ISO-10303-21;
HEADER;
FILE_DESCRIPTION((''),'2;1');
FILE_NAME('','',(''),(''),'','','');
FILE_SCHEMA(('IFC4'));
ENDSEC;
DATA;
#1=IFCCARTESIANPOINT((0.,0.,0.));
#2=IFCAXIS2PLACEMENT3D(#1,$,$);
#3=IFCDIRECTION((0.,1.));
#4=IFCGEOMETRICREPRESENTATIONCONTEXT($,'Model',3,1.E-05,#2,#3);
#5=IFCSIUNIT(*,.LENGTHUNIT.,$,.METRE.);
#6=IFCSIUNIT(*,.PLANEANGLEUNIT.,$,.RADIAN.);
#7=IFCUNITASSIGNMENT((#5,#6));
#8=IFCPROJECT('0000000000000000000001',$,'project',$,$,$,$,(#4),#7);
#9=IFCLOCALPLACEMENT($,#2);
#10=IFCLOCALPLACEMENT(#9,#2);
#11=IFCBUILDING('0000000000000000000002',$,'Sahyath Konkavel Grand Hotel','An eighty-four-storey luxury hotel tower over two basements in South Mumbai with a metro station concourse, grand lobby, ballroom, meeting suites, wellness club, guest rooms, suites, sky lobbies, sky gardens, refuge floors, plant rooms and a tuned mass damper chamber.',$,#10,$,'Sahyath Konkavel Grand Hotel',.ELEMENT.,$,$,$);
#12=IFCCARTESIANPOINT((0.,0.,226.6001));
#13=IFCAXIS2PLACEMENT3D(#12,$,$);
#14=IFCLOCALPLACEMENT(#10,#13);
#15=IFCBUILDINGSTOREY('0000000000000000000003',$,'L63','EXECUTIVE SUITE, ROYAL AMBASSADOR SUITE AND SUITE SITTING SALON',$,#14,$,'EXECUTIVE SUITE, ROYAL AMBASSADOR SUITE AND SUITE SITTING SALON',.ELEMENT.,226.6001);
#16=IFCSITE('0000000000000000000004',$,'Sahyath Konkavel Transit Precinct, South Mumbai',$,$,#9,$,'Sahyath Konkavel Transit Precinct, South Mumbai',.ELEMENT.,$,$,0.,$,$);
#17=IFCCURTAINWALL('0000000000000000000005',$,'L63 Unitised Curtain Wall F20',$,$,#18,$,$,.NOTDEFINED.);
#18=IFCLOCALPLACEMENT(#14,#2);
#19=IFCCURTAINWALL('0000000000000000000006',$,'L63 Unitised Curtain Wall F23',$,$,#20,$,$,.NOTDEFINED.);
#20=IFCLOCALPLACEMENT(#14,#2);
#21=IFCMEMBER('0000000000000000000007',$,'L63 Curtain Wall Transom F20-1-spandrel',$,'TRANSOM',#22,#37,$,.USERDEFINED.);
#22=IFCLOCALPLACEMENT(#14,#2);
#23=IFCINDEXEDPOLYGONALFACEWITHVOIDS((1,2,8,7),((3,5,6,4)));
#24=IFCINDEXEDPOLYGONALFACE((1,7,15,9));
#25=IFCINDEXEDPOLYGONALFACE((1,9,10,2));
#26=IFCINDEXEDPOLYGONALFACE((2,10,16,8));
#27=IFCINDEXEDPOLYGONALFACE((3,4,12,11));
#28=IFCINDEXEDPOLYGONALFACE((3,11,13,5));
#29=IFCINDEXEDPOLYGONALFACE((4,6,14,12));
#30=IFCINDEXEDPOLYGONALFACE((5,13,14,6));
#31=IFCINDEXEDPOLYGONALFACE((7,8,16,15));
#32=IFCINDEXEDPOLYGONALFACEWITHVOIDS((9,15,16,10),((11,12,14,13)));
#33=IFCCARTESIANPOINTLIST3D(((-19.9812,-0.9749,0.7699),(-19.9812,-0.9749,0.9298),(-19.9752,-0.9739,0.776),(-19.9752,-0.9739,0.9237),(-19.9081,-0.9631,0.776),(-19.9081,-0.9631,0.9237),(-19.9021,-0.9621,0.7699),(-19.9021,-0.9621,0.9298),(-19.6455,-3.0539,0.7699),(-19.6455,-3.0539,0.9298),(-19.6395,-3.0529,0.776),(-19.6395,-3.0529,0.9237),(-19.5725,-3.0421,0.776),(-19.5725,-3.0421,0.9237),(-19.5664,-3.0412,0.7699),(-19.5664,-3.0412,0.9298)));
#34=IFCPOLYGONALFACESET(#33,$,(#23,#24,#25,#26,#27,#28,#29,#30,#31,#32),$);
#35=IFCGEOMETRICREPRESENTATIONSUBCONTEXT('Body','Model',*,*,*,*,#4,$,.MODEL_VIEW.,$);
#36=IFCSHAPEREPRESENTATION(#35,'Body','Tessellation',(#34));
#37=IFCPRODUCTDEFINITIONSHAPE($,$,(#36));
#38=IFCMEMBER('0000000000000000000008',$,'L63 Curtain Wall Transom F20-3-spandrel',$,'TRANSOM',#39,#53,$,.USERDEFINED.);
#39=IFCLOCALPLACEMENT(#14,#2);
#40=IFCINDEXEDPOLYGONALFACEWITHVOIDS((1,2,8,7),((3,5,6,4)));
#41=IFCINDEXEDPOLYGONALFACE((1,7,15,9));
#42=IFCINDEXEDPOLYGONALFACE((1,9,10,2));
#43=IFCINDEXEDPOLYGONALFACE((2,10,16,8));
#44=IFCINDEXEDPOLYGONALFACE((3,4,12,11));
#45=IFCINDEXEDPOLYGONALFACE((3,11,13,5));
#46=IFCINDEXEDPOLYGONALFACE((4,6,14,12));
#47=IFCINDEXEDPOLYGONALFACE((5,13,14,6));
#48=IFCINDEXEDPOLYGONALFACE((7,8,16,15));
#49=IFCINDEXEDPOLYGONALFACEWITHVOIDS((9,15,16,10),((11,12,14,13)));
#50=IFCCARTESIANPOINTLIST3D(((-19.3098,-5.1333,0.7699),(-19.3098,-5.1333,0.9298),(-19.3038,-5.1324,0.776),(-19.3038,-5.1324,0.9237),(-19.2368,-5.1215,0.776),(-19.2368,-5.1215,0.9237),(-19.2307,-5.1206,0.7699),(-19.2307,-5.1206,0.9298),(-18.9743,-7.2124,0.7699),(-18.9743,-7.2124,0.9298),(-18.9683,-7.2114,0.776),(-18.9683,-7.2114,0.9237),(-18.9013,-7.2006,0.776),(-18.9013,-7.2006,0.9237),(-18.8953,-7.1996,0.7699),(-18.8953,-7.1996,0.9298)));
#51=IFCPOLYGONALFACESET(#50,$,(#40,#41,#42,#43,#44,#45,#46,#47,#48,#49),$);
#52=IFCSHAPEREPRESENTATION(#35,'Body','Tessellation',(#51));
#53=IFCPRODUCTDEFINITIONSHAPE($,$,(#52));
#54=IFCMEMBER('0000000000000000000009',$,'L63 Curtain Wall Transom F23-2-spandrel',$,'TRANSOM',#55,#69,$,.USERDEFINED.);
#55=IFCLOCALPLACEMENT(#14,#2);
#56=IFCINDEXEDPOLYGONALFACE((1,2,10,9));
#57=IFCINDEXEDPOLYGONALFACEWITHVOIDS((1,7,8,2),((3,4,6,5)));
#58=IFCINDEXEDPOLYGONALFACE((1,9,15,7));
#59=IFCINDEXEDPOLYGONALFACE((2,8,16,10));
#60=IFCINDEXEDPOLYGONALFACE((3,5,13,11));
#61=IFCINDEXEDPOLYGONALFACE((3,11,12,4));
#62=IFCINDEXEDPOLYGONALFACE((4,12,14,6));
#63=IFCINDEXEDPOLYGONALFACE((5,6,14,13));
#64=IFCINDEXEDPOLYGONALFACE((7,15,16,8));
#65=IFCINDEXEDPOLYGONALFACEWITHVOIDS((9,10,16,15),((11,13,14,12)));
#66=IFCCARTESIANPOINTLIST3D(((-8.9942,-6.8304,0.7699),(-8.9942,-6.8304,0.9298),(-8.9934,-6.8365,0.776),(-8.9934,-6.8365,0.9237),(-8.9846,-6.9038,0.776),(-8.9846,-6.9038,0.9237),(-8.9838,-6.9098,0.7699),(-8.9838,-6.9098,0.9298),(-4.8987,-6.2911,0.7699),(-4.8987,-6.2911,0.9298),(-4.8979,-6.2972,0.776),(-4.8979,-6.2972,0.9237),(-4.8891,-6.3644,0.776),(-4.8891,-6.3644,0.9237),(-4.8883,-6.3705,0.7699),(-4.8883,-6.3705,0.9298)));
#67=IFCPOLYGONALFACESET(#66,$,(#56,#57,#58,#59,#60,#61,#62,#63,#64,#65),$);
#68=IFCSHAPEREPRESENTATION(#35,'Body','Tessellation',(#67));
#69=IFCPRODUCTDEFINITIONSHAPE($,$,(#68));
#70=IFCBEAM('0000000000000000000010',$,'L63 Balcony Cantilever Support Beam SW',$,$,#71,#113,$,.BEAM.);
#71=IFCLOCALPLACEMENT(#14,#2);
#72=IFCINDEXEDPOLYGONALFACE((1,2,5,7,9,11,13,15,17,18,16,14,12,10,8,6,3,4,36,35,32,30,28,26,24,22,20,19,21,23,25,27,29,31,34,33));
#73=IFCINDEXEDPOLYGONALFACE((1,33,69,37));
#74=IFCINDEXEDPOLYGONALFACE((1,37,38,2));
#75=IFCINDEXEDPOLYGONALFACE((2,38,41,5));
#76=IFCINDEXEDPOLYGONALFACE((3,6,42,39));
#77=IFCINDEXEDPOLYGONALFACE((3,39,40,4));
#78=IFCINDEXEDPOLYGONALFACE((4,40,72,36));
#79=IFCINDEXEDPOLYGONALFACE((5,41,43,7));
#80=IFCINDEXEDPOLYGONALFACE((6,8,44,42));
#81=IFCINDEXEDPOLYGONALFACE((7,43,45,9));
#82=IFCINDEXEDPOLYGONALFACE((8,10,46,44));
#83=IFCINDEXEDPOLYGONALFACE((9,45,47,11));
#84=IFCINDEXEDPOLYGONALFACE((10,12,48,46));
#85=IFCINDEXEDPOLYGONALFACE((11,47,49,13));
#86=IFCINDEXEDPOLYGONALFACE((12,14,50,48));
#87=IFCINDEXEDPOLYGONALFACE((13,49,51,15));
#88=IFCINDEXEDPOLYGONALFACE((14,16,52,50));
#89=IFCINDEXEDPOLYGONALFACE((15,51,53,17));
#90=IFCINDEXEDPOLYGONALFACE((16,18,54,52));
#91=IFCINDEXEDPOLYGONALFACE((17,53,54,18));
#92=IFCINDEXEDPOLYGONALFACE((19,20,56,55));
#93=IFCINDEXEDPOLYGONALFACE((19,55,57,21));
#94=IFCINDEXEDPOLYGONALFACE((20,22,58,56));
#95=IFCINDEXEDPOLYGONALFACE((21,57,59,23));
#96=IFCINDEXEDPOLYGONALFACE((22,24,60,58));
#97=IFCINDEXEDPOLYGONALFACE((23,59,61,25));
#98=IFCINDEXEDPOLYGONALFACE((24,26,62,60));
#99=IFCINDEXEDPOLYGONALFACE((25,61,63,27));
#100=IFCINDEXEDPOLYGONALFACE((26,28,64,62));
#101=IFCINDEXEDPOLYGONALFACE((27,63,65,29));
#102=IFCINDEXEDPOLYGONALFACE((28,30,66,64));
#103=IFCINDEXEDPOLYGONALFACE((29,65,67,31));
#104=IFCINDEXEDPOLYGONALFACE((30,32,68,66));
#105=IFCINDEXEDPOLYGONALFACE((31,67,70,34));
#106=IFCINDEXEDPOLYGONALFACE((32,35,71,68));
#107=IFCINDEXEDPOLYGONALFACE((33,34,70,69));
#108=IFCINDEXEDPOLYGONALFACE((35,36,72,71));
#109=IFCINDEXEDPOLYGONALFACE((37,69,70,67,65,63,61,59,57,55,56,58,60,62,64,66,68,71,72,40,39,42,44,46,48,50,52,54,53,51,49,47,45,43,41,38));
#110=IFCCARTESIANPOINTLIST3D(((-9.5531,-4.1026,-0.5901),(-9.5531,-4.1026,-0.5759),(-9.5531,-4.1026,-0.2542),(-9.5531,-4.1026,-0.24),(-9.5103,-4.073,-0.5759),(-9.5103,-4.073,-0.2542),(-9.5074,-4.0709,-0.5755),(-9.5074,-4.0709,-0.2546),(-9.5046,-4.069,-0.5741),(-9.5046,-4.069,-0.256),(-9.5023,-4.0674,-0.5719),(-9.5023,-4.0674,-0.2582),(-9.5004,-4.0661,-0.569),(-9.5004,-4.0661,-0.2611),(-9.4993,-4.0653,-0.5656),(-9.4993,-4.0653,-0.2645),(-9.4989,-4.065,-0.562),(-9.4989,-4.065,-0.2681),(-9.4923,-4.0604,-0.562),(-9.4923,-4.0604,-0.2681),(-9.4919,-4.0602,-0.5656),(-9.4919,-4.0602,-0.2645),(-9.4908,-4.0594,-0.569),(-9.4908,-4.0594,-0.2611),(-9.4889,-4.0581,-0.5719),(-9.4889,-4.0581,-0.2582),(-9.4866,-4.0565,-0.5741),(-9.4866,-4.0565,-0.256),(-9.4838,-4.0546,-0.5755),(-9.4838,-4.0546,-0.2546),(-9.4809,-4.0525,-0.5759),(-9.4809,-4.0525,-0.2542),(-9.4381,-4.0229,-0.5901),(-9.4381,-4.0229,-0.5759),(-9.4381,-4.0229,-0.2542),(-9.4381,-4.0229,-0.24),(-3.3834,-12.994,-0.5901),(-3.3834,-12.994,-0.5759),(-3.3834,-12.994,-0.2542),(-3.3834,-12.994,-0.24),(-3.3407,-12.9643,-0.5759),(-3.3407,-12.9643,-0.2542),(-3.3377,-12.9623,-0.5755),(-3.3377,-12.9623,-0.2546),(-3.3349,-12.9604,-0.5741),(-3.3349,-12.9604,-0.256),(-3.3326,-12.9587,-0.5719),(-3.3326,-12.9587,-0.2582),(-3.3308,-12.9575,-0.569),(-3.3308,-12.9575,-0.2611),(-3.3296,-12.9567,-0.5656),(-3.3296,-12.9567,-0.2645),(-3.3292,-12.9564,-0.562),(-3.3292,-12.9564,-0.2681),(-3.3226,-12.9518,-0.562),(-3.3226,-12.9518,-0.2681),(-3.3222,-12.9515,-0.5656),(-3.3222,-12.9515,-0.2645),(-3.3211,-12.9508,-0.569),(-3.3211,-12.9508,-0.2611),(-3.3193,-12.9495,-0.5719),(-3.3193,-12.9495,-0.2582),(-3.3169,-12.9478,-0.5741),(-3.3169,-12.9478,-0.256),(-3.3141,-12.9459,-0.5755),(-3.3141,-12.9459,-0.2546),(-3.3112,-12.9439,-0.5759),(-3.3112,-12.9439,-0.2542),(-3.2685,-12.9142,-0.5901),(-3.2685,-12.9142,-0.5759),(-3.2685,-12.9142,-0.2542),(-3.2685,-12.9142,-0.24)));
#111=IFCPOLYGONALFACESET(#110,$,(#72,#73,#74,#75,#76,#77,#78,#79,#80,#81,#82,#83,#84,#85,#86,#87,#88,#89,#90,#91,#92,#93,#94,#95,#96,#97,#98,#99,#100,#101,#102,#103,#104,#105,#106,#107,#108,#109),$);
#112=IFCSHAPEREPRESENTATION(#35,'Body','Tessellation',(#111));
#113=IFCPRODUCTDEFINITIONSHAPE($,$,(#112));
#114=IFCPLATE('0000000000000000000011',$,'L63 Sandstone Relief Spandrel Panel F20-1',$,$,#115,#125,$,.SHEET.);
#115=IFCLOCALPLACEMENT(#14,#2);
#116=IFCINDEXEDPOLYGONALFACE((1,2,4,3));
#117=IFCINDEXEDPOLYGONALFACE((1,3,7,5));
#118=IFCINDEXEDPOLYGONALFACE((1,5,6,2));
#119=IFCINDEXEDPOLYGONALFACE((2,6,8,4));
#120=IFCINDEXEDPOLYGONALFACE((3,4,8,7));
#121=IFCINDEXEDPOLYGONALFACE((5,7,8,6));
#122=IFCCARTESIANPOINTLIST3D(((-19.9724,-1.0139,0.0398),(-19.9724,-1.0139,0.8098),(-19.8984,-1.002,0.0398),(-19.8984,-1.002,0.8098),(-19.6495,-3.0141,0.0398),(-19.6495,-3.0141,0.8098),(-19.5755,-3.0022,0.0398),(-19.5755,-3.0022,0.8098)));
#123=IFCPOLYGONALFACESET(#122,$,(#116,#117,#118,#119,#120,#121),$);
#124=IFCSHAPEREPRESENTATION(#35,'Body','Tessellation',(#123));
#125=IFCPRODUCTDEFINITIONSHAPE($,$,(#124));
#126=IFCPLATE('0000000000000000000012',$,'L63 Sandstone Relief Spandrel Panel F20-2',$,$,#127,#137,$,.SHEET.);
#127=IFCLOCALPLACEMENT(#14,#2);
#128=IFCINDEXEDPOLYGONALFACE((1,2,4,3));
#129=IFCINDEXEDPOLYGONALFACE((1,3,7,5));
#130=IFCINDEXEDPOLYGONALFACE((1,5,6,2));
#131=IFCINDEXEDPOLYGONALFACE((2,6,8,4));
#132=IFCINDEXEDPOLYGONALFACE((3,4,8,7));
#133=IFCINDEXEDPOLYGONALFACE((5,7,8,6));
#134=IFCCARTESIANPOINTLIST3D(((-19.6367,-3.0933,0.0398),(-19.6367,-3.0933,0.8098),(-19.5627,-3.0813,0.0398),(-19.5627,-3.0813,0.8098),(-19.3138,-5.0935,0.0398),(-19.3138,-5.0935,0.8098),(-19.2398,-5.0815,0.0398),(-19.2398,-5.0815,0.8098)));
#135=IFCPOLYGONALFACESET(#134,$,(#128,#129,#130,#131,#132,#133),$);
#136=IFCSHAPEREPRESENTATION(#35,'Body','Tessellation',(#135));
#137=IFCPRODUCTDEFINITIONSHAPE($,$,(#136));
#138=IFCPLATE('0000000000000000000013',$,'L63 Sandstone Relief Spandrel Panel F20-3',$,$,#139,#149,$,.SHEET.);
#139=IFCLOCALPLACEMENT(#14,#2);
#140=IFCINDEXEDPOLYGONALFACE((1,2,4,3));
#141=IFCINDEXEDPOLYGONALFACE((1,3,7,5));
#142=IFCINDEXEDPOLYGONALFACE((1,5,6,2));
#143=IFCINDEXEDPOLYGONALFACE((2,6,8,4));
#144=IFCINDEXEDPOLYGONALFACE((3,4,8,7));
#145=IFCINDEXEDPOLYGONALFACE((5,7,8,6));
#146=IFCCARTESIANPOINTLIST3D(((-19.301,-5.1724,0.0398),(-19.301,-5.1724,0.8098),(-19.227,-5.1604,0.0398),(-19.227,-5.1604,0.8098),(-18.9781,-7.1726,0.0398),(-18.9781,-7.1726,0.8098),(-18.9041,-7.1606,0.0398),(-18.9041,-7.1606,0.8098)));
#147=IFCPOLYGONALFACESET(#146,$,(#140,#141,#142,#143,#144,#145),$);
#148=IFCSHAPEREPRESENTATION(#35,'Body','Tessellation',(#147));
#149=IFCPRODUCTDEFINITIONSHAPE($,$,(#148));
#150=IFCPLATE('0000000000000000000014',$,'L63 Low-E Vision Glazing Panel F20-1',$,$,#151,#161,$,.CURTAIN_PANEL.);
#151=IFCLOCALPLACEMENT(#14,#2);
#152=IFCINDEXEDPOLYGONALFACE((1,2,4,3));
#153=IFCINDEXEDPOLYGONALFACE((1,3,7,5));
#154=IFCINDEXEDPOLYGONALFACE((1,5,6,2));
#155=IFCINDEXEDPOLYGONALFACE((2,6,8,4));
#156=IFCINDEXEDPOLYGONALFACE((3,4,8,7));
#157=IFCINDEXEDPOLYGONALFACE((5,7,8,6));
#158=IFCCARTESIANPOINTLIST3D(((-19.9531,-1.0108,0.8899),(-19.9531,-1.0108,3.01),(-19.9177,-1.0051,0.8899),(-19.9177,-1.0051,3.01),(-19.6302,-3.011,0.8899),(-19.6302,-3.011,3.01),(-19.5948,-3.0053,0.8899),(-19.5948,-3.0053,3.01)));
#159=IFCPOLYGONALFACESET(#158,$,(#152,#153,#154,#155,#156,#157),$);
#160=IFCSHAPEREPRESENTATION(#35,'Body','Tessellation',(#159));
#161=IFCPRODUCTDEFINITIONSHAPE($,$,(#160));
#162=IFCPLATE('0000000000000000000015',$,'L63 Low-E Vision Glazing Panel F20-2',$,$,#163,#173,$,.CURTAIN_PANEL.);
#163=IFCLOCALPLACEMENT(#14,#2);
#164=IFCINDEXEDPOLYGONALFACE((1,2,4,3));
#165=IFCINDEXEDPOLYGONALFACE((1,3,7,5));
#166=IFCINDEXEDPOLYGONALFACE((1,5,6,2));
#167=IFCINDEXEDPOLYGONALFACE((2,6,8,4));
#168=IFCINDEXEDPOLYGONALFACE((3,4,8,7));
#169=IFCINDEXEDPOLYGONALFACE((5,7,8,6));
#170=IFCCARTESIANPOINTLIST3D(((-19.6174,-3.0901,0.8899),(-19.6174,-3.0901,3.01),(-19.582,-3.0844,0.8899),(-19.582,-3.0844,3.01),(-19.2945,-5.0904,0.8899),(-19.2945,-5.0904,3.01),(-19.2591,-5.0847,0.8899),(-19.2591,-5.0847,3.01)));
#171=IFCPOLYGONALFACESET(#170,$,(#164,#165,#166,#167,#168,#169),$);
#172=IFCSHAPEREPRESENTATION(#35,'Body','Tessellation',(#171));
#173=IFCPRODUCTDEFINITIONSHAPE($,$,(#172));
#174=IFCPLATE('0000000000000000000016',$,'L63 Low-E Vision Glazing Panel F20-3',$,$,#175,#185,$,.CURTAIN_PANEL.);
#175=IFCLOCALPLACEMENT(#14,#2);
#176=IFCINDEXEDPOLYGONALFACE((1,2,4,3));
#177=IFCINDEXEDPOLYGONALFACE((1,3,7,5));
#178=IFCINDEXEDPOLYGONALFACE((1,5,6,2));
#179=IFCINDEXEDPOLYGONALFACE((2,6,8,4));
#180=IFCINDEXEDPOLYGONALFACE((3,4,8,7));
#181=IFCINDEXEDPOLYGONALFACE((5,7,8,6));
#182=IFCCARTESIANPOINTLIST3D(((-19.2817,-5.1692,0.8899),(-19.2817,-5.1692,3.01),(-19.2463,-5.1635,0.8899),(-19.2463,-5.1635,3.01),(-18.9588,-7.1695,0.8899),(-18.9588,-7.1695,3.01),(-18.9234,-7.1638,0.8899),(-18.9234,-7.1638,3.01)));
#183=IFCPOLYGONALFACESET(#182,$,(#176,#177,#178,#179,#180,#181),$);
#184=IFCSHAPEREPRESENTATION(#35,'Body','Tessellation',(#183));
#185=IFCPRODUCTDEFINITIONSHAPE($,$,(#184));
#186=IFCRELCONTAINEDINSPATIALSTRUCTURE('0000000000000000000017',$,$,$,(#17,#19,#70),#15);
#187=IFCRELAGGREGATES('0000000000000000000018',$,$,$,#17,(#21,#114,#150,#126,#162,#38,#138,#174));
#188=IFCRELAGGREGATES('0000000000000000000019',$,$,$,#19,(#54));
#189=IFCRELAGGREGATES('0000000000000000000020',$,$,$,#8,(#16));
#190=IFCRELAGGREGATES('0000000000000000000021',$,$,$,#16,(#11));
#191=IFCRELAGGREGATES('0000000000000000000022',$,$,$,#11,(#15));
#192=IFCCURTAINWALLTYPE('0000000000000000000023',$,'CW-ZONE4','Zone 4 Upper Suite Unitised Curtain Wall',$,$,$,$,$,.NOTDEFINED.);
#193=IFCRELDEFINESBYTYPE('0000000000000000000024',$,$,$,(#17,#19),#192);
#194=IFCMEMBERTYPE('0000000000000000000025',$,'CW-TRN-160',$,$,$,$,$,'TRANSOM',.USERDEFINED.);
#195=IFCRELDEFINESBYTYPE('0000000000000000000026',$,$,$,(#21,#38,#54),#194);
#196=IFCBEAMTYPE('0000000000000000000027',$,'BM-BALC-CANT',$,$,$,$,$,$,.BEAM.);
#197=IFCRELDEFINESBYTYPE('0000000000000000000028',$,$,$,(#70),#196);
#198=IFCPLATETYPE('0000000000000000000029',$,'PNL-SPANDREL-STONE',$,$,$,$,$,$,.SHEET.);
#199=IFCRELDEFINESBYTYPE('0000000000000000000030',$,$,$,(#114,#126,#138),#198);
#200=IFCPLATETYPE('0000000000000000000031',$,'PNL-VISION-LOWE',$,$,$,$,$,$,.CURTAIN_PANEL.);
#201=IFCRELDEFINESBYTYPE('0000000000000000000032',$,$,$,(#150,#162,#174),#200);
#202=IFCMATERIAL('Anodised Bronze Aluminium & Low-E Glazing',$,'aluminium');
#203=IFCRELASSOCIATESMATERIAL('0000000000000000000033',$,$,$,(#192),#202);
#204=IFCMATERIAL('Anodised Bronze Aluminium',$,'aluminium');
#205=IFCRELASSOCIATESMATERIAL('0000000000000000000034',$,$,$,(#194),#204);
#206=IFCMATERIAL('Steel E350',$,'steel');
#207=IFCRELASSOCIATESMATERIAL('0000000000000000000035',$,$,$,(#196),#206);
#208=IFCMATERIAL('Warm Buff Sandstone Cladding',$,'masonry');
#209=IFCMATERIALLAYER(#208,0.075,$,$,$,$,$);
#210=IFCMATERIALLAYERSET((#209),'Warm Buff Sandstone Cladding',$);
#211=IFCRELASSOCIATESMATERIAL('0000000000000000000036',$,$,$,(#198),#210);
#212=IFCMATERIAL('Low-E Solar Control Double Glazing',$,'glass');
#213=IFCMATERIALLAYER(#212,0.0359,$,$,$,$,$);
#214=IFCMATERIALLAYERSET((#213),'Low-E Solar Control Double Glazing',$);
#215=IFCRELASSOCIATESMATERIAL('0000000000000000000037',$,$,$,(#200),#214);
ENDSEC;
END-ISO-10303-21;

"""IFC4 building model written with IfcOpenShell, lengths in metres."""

from ifc_helpers import new_model, si_unit, direction, frame, origin, origin_2d, place, context, subcontext, project, spatial, rectangle, hollow_rectangle, i_section, extrude, source, transform, mapped, material, layer, layer_set, material_profile, profile_set, type_object, element, aggregate, save


model = new_model("IFC4")

# Units and contexts
model_context = context("Model", 3, precision=1e-05, world=origin(), true_north=direction((0.0, 1.0)))
body_context = subcontext(model_context, "Body", "Model", "MODEL_VIEW")
ifc_project = project(units=[si_unit("LENGTHUNIT", "METRE"), si_unit("PLANEANGLEUNIT", "RADIAN")], contexts=[model_context])

# Site, building, storey
site_placement = place(None, origin())
site = spatial("IfcSite", under=ifc_project, at=site_placement, Name="Sahyath Konkavel Transit Precinct, South Mumbai", LongName="Sahyath Konkavel Transit Precinct, South Mumbai", CompositionType="ELEMENT", RefElevation=0.0)
building_placement = place(site_placement, origin())
building = spatial("IfcBuilding", under=site, at=building_placement, Name="Sahyath Konkavel Grand Hotel", Description="An eighty-four-storey luxury hotel tower over two basements in South Mumbai with a metro station concourse, grand lobby, ballroom, meeting suites, wellness club, guest rooms, suites, sky lobbies, sky gardens, refuge floors, plant rooms and a tuned mass damper chamber.", LongName="Sahyath Konkavel Grand Hotel", CompositionType="ELEMENT")
storey_placement = place(building_placement, frame((0.0, 0.0, 226.6001)))
storey = spatial("IfcBuildingStorey", under=building, at=storey_placement, Name="L63", Description="EXECUTIVE SUITE, ROYAL AMBASSADOR SUITE AND SUITE SITTING SALON", LongName="EXECUTIVE SUITE, ROYAL AMBASSADOR SUITE AND SUITE SITTING SALON", CompositionType="ELEMENT", Elevation=226.6001)

# Shared definitions
ifc_material_1 = material(Name="Steel E350", Category="steel")

# Curtain wall
ifc_material_2 = material(Name="Anodised Bronze Aluminium & Low-E Glazing", Category="aluminium")
curtain_wall_type = type_object("IfcCurtainWallType", Name="CW-ZONE4", Description="Zone 4 Upper Suite Unitised Curtain Wall", PredefinedType="NOTDEFINED", material=ifc_material_2)
curtain_wall_1_placement = place(storey_placement, origin())
curtain_wall_1 = element("IfcCurtainWall", 1, at=curtain_wall_1_placement, inside=storey, type_object=curtain_wall_type, Name="L63 Unitised Curtain Wall F20", PredefinedType="NOTDEFINED")
ifc_material_3 = material(Name="Anodised Bronze Aluminium", Category="aluminium")

# Curtain wall
curtain_wall_2_placement = place(storey_placement, origin())
curtain_wall_2 = element("IfcCurtainWall", 2, at=curtain_wall_2_placement, inside=storey, type_object=curtain_wall_type, Name="L63 Unitised Curtain Wall F23", PredefinedType="NOTDEFINED")

# Members
ifc_material_profile_1 = material_profile(ifc_material_3, hollow_rectangle(XDim=0.0801, YDim=0.1599, WallThickness=0.0061, at=origin_2d()), Name="RHS 160x80x6")
ifc_profile_set_1 = profile_set([ifc_material_profile_1], Name="Anodised Bronze Aluminium")
member_type_1 = type_object("IfcMemberType", Name="CW-TRN-160", ElementType="TRANSOM", PredefinedType="USERDEFINED", material=ifc_profile_set_1)
shared_shape_1 = source(origin(), body_context, "Body", "SweptSolid", [
    extrude(hollow_rectangle(XDim=0.0801, YDim=0.1599, WallThickness=0.0061, at=origin_2d()), origin(), (0.0, 0.0, 1.0), 2.106),
])
member_1_placement = place(storey_placement, frame((-19.9417, -0.9685, 0.8499), z_axis=(0.159396, -0.987215, 0.0), x_axis=(0.987215, 0.159396, 0.0)))
member_1 = element("IfcMember", 3, at=member_1_placement, type_object=member_type_1, Name="L63 Curtain Wall Transom F20-1-spandrel", ObjectType="TRANSOM", PredefinedType="USERDEFINED", context=body_context, shape_type="MappedRepresentation", body=[
    mapped(shared_shape_1, transform((0.0, 0.0, 0.0), scale=1.0)),
])
member_2_placement = place(storey_placement, frame((-19.2703, -5.127, 0.8499), z_axis=(0.159283, -0.987233, 0.0), x_axis=(0.987233, 0.159283, 0.0)))
member_2 = element("IfcMember", 4, at=member_2_placement, type_object=member_type_1, Name="L63 Curtain Wall Transom F20-3-spandrel", ObjectType="TRANSOM", PredefinedType="USERDEFINED", context=body_context, shape_type="MappedRepresentation", body=[
    mapped(shared_shape_1, transform((0.0, 0.0, 0.0), scale=1.0)),
])
shared_shape_2 = source(origin(), body_context, "Body", "SweptSolid", [
    extrude(hollow_rectangle(XDim=0.0801, YDim=0.1599, WallThickness=0.0061, at=origin_2d()), origin(), (0.0, 0.0, 1.0), 4.1309),
])
member_3_placement = place(storey_placement, frame((-8.989, -6.8701, 0.8499), z_axis=(0.991441, 0.130557, 0.0), x_axis=(-0.130557, 0.991441, 0.0)))
member_3 = element("IfcMember", 5, at=member_3_placement, type_object=member_type_1, Name="L63 Curtain Wall Transom F23-2-spandrel", ObjectType="TRANSOM", PredefinedType="USERDEFINED", context=body_context, shape_type="MappedRepresentation", body=[
    mapped(shared_shape_2, transform((0.0, 0.0, 0.0), scale=1.0)),
])

# Beam
ifc_material_profile_2 = material_profile(ifc_material_1, i_section(OverallWidth=0.1399, OverallDepth=0.3501, WebThickness=0.0081, FlangeThickness=0.0142, FilletRadius=0.0139, at=origin_2d()), Name="ISMB 350")
ifc_profile_set_2 = profile_set([ifc_material_profile_2], Name="Steel E350")
beam_type_1 = type_object("IfcBeamType", Name="BM-BALC-CANT", PredefinedType="BEAM", material=ifc_profile_set_2)
shared_shape_3 = source(origin(), body_context, "Body", "SweptSolid", [
    extrude(i_section(OverallWidth=0.1399, OverallDepth=0.3501, WebThickness=0.0081, FlangeThickness=0.0142, FilletRadius=0.0139, at=origin_2d()), origin(), (0.0, 0.0, 1.0), 10.8223),
])
beam_1_placement = place(storey_placement, frame((-9.4956, -4.0627, -0.415), z_axis=(0.570092, -0.821581, 0.0), x_axis=(0.821581, 0.570092, 0.0)))
element("IfcBeam", 6, at=beam_1_placement, inside=storey, type_object=beam_type_1, Name="L63 Balcony Cantilever Support Beam SW", PredefinedType="BEAM", context=body_context, shape_type="MappedRepresentation", body=[
    mapped(shared_shape_3, transform((0.0, 0.0, 0.0), scale=1.0)),
])

# Plates
ifc_material_4 = material(Name="Warm Buff Sandstone Cladding", Category="masonry")
ifc_layer_1 = layer(ifc_material_4, 0.075)
ifc_layer_set_1 = layer_set([ifc_layer_1], Name="Warm Buff Sandstone Cladding")
plate_type_1 = type_object("IfcPlateType", Name="PNL-SPANDREL-STONE", PredefinedType="SHEET", material=ifc_layer_set_1)
shared_shape_4 = source(origin(), body_context, "Body", "SweptSolid", [
    extrude(rectangle(XDim=2.0261, YDim=0.075, at=origin_2d()), origin(), (0.0, 0.0, 1.0), 0.77),
])
plate_1_placement = place(storey_placement, frame((-19.7739, -2.0081, 0.0398), z_axis=(0.0, 0.0, 1.0), x_axis=(0.159364, -0.98722, 0.0)))
plate_1 = element("IfcPlate", 7, at=plate_1_placement, type_object=plate_type_1, Name="L63 Sandstone Relief Spandrel Panel F20-1", PredefinedType="SHEET", context=body_context, shape_type="MappedRepresentation", body=[
    mapped(shared_shape_4, transform((0.0, 0.0, 0.0), scale=1.0)),
])
plate_2_placement = place(storey_placement, frame((-19.4382, -4.0874, 0.0398), z_axis=(0.0, 0.0, 1.0), x_axis=(0.159364, -0.98722, 0.0)))
plate_2 = element("IfcPlate", 8, at=plate_2_placement, type_object=plate_type_1, Name="L63 Sandstone Relief Spandrel Panel F20-2", PredefinedType="SHEET", context=body_context, shape_type="MappedRepresentation", body=[
    mapped(shared_shape_4, transform((0.0, 0.0, 0.0), scale=1.0)),
])
plate_3_placement = place(storey_placement, frame((-19.1025, -6.1665, 0.0398), z_axis=(0.0, 0.0, 1.0), x_axis=(0.159364, -0.98722, 0.0)))
plate_3 = element("IfcPlate", 9, at=plate_3_placement, type_object=plate_type_1, Name="L63 Sandstone Relief Spandrel Panel F20-3", PredefinedType="SHEET", context=body_context, shape_type="MappedRepresentation", body=[
    mapped(shared_shape_4, transform((0.0, 0.0, 0.0), scale=1.0)),
])
ifc_material_5 = material(Name="Low-E Solar Control Double Glazing", Category="glass")
ifc_layer_2 = layer(ifc_material_5, 0.0359)
ifc_layer_set_2 = layer_set([ifc_layer_2], Name="Low-E Solar Control Double Glazing")
plate_type_2 = type_object("IfcPlateType", Name="PNL-VISION-LOWE", PredefinedType="CURTAIN_PANEL", material=ifc_layer_set_2)
shared_shape_5 = source(origin(), body_context, "Body", "SweptSolid", [
    extrude(rectangle(XDim=2.0261, YDim=0.0359, at=origin_2d()), origin(), (0.0, 0.0, 1.0), 2.1201),
])
plate_4_placement = place(storey_placement, frame((-19.7739, -2.0081, 0.8899), z_axis=(0.0, 0.0, 1.0), x_axis=(0.159364, -0.98722, 0.0)))
plate_4 = element("IfcPlate", 10, at=plate_4_placement, type_object=plate_type_2, Name="L63 Low-E Vision Glazing Panel F20-1", PredefinedType="CURTAIN_PANEL", context=body_context, shape_type="MappedRepresentation", body=[
    mapped(shared_shape_5, transform((0.0, 0.0, 0.0), scale=1.0)),
])
plate_5_placement = place(storey_placement, frame((-19.4382, -4.0874, 0.8899), z_axis=(0.0, 0.0, 1.0), x_axis=(0.159364, -0.98722, 0.0)))
plate_5 = element("IfcPlate", 11, at=plate_5_placement, type_object=plate_type_2, Name="L63 Low-E Vision Glazing Panel F20-2", PredefinedType="CURTAIN_PANEL", context=body_context, shape_type="MappedRepresentation", body=[
    mapped(shared_shape_5, transform((0.0, 0.0, 0.0), scale=1.0)),
])
plate_6_placement = place(storey_placement, frame((-19.1025, -6.1665, 0.8899), z_axis=(0.0, 0.0, 1.0), x_axis=(0.159364, -0.98722, 0.0)))
plate_6 = element("IfcPlate", 12, at=plate_6_placement, type_object=plate_type_2, Name="L63 Low-E Vision Glazing Panel F20-3", PredefinedType="CURTAIN_PANEL", context=body_context, shape_type="MappedRepresentation", body=[
    mapped(shared_shape_5, transform((0.0, 0.0, 0.0), scale=1.0)),
])
aggregate(curtain_wall_1, [member_1, plate_1, plate_4, plate_2, plate_5, member_2, plate_3, plate_6])
aggregate(curtain_wall_2, [member_3])

save(model, "model.ifc")
